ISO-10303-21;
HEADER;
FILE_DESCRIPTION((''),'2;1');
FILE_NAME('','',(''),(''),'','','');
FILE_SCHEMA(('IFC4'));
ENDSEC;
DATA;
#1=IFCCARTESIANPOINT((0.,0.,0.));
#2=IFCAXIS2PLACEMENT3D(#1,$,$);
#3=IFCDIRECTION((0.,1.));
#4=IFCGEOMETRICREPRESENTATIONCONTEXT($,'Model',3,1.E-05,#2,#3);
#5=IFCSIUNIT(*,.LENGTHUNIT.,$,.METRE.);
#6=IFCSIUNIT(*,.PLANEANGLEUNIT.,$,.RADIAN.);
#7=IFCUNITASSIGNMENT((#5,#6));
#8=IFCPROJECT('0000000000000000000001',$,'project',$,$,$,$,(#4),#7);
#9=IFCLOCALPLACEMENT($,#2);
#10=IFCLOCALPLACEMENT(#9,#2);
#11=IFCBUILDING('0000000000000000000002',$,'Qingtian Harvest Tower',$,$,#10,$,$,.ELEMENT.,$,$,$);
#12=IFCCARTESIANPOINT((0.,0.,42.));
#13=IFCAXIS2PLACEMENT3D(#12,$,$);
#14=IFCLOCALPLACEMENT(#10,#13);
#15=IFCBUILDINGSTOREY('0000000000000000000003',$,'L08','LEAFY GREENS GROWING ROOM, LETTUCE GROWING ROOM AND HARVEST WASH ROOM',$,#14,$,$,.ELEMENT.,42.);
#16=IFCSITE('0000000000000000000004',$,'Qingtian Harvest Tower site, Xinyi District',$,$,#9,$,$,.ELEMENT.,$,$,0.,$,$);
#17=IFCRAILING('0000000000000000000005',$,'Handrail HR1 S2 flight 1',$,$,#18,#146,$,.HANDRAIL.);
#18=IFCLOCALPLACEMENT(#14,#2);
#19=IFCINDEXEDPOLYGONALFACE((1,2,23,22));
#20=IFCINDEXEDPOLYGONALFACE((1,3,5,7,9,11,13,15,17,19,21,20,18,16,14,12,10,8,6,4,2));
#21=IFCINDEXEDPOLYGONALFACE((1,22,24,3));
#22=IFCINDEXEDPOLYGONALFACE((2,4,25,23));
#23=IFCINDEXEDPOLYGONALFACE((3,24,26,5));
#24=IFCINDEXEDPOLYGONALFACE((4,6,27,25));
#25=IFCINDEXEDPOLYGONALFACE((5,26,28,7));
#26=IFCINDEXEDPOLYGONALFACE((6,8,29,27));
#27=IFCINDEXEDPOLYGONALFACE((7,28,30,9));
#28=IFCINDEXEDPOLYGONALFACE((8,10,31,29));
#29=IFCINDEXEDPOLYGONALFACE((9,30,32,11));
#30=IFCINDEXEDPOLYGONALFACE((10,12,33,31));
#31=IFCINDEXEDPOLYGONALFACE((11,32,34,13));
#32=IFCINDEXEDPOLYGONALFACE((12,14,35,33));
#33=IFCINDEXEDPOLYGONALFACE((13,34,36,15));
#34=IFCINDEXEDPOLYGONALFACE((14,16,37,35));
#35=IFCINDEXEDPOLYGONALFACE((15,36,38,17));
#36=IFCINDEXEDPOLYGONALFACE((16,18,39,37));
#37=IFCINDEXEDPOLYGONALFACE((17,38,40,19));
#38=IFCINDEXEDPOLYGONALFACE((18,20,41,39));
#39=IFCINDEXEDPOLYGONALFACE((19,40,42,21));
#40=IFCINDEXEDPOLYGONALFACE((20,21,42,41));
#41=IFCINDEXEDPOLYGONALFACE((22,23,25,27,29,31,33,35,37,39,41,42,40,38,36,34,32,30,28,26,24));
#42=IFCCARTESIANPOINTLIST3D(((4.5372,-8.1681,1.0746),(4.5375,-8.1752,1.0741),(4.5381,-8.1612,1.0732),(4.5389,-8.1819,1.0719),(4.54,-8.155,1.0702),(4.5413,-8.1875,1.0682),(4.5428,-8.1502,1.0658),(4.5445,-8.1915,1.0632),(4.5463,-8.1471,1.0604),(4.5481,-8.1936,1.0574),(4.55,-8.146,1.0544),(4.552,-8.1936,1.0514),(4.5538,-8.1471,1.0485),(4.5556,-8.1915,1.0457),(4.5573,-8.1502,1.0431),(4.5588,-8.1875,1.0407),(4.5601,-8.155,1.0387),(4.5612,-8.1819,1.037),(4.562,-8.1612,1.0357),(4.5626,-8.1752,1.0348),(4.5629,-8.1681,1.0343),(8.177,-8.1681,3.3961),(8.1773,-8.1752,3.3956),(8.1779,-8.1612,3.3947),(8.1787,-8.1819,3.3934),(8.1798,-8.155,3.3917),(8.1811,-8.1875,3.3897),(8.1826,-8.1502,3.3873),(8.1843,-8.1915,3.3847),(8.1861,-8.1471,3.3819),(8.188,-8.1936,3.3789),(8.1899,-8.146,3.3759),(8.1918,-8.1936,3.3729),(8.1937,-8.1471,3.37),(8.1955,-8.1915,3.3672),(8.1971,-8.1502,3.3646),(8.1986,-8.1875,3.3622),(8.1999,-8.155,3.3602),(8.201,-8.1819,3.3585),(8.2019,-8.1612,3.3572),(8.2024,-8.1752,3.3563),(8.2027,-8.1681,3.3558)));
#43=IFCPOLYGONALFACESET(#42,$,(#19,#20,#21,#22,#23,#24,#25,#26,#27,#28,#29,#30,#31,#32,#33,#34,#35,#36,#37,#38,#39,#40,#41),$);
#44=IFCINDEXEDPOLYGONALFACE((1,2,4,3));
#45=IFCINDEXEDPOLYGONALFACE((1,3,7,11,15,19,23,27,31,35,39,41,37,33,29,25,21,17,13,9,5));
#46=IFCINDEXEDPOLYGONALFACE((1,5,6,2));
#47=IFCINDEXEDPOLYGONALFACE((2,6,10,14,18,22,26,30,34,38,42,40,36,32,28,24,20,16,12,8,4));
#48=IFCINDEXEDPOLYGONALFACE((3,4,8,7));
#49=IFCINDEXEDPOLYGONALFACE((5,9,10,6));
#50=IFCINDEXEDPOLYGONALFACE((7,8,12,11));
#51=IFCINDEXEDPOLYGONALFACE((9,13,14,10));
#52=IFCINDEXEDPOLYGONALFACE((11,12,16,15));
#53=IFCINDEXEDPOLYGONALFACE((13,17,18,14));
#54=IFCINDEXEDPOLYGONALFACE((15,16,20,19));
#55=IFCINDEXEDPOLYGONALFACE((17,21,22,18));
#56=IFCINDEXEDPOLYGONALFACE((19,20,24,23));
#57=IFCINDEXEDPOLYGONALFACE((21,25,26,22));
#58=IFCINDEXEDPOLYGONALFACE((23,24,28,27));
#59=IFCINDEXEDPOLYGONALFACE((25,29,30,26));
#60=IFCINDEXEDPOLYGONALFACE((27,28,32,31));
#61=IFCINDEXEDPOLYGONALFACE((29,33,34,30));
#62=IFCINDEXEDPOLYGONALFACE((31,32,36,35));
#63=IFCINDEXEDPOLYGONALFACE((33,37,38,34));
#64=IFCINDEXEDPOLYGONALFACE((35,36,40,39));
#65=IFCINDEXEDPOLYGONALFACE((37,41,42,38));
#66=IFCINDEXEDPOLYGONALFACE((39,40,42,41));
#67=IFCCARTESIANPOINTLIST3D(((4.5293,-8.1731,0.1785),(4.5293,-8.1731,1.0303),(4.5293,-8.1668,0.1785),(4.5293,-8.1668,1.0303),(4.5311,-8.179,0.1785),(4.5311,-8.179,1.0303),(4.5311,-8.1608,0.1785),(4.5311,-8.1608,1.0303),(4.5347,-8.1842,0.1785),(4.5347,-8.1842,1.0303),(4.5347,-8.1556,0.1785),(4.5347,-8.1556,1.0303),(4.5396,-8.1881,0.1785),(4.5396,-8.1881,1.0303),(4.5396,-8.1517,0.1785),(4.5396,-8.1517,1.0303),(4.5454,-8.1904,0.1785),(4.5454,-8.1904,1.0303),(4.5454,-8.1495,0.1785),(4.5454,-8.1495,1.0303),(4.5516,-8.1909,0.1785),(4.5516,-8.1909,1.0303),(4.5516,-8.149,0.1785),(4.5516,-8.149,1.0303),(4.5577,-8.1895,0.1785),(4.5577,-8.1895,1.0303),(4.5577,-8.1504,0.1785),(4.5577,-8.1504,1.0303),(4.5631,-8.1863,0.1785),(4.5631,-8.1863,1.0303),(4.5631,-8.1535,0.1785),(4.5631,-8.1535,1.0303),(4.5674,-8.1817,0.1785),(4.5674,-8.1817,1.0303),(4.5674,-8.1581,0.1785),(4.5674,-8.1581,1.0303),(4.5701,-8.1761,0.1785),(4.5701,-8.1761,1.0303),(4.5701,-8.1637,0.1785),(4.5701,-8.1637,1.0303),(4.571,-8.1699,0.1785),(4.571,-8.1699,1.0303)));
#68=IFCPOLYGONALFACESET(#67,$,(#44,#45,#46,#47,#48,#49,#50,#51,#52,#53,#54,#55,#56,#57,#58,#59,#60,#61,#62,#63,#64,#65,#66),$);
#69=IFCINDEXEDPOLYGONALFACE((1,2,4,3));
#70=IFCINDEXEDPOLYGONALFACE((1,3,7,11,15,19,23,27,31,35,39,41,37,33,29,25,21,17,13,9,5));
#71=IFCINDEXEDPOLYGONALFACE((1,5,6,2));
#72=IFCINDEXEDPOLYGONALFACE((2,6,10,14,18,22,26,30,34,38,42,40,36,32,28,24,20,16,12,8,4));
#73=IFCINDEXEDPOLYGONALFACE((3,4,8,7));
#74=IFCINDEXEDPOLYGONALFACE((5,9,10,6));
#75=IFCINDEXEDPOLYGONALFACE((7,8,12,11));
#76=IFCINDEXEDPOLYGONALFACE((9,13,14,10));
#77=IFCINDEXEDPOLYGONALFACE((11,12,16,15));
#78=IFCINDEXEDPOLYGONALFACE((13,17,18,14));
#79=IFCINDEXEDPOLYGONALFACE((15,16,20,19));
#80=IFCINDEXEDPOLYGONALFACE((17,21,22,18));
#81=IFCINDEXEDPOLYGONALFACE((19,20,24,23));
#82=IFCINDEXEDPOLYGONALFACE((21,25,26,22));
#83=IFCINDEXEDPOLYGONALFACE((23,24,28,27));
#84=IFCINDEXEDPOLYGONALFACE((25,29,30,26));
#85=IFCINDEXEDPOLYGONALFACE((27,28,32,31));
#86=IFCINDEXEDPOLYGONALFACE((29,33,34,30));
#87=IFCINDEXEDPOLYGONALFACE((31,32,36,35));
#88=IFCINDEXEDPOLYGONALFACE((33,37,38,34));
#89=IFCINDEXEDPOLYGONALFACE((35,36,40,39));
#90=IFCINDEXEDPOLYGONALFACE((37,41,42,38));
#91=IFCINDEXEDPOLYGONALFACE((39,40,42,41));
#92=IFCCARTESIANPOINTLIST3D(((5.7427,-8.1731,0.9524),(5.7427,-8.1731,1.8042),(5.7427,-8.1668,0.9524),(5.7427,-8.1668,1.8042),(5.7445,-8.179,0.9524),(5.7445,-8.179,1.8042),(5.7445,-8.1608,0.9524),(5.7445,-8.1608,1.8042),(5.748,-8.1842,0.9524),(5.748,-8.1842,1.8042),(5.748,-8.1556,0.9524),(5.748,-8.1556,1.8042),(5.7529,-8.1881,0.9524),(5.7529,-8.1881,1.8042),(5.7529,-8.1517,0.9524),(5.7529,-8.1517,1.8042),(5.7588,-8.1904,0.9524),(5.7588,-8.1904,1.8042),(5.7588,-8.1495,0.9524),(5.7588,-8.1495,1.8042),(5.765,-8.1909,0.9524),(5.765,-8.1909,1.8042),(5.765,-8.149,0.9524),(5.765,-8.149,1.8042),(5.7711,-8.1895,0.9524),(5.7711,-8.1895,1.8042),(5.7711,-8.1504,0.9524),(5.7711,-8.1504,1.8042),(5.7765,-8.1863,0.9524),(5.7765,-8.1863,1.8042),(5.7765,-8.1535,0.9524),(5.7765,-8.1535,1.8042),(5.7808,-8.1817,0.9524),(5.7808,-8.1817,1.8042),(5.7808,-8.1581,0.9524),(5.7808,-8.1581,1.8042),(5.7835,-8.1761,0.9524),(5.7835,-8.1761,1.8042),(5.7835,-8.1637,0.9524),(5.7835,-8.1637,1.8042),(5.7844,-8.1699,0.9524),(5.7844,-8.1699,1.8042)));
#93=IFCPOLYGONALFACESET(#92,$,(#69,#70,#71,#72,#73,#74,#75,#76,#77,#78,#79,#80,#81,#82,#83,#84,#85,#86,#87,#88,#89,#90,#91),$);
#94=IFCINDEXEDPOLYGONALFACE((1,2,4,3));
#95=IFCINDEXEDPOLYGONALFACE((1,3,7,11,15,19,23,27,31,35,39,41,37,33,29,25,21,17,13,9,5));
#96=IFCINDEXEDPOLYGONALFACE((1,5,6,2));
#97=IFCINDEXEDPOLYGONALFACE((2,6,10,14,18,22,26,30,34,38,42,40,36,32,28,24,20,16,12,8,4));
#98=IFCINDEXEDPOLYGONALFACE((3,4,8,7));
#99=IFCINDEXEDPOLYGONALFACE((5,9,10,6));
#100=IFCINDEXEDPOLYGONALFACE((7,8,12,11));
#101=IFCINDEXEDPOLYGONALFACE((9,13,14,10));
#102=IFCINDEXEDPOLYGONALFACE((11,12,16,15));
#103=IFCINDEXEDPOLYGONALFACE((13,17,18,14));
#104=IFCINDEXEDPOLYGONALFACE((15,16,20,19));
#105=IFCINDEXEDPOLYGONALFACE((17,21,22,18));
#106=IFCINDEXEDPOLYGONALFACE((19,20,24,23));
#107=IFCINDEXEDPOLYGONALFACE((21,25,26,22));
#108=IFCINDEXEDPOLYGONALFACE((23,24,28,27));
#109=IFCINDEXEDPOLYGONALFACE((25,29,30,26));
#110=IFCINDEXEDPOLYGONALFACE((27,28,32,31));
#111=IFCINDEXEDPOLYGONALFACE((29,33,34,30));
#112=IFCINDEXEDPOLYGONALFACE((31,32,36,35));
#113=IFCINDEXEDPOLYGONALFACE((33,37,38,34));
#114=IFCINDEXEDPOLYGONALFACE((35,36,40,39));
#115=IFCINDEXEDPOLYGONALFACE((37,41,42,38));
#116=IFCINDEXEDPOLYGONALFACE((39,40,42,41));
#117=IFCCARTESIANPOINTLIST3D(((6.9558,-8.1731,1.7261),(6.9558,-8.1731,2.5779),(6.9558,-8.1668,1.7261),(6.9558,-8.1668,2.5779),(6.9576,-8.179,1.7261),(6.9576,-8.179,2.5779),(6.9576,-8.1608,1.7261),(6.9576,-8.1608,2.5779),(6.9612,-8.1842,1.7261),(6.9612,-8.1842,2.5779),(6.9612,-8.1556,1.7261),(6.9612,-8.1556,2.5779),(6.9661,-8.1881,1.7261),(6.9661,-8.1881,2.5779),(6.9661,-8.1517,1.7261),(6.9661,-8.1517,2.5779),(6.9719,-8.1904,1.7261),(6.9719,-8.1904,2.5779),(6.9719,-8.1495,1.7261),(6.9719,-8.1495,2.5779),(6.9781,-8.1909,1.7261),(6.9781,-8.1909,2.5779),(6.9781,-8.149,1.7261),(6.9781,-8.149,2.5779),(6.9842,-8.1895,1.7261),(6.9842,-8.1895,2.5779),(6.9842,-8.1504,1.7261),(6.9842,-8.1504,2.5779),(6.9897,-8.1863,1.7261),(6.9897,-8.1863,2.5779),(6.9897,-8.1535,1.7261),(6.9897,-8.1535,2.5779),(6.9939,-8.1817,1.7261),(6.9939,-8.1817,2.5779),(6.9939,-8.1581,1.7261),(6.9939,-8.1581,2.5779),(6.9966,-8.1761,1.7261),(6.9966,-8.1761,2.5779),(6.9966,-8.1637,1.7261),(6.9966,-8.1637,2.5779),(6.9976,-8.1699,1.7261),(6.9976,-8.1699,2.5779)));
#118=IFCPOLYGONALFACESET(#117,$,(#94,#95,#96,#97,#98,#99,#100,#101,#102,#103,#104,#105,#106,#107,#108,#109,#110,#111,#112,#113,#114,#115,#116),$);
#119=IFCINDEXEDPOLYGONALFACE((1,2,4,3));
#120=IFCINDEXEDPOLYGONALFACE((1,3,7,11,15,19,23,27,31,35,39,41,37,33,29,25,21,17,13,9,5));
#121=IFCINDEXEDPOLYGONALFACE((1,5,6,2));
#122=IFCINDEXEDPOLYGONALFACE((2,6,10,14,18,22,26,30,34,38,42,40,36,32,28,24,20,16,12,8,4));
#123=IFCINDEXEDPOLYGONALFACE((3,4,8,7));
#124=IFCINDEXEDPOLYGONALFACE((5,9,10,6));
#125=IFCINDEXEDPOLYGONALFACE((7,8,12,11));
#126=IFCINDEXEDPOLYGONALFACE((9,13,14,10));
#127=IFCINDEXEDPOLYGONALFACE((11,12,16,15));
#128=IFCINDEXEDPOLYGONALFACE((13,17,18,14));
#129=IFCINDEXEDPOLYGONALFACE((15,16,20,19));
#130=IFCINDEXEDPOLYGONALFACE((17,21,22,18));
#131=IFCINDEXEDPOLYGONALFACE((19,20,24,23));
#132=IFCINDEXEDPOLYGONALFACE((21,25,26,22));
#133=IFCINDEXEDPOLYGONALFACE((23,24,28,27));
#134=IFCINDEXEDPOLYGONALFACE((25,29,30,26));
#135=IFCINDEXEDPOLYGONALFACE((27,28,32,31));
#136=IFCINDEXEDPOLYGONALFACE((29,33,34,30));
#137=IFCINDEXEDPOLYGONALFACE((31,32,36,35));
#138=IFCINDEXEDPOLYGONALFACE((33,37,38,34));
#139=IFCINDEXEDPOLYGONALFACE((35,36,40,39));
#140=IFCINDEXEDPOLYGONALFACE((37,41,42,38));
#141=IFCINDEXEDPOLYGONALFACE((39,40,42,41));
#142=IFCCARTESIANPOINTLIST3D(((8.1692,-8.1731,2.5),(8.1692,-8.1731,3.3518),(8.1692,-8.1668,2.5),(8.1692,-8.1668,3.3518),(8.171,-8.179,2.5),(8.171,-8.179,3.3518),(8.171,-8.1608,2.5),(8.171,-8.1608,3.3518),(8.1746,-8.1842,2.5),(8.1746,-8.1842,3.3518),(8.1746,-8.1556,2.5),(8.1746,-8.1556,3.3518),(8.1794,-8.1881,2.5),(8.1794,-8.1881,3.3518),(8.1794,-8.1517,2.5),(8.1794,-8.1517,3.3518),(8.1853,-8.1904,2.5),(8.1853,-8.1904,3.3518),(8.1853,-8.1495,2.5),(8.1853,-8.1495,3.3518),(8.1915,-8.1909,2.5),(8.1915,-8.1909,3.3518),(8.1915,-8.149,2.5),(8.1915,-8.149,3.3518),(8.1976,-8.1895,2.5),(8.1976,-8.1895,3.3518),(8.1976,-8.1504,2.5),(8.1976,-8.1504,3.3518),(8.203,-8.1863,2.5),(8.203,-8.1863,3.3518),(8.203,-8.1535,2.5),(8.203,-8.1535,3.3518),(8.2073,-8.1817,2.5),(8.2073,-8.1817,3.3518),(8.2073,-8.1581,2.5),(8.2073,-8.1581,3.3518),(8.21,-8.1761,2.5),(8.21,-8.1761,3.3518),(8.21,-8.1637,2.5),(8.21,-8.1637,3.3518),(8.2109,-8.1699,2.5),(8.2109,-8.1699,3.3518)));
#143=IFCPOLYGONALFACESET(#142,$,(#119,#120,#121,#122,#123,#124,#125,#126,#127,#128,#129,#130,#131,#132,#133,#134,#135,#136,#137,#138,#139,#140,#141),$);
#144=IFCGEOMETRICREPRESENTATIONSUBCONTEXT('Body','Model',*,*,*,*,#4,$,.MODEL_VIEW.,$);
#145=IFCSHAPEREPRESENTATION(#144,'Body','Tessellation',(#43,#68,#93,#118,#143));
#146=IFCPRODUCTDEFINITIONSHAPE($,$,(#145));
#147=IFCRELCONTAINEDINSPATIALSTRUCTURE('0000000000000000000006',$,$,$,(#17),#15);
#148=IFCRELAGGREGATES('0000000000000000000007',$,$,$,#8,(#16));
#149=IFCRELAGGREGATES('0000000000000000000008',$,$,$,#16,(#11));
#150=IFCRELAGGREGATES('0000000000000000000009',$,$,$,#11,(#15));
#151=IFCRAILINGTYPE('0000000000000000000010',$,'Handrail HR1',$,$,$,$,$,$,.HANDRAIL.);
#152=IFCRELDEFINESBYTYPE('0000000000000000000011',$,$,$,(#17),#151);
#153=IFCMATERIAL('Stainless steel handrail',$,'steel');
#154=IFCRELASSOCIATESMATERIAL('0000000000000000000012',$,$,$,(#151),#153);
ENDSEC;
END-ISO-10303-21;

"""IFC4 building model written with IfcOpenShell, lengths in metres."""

from ifc_helpers import new_model, si_unit, direction, frame, origin, origin_2d, place, context, subcontext, project, spatial, circle, extrude, material, type_object, element, save


model = new_model("IFC4")

# Units and contexts
model_context = context("Model", 3, precision=1e-05, world=origin(), true_north=direction((0.0, 1.0)))
body_context = subcontext(model_context, "Body", "Model", "MODEL_VIEW")
ifc_project = project(units=[si_unit("LENGTHUNIT", "METRE"), si_unit("PLANEANGLEUNIT", "RADIAN")], contexts=[model_context])

# Site, building, storey
site_placement = place(None, origin())
site = spatial("IfcSite", under=ifc_project, at=site_placement, Name="Qingtian Harvest Tower site, Xinyi District", CompositionType="ELEMENT", RefElevation=0.0)
building_placement = place(site_placement, origin())
building = spatial("IfcBuilding", under=site, at=building_placement, Name="Qingtian Harvest Tower", CompositionType="ELEMENT")
storey_placement = place(building_placement, frame((0.0, 0.0, 42.0)))
storey = spatial("IfcBuildingStorey", under=building, at=storey_placement, Name="L08", Description="LEAFY GREENS GROWING ROOM, LETTUCE GROWING ROOM AND HARVEST WASH ROOM", CompositionType="ELEMENT", Elevation=42.0)

# Railing
ifc_material_1 = material(Name="Stainless steel handrail", Category="steel")
railing_type = type_object("IfcRailingType", Name="Handrail HR1", PredefinedType="HANDRAIL", material=ifc_material_1)
railing_1_placement = place(storey_placement, frame((4.55, -8.1699, 0.1785)))
element("IfcRailing", 1, at=railing_1_placement, inside=storey, type_object=railing_type, Name="Handrail HR1 S2 flight 1", PredefinedType="HANDRAIL", context=body_context, shape_type="SweptSolid", body=[
    extrude(circle(Radius=0.0239, at=origin_2d()), frame((0.0, 0.0, 0.876), z_axis=(0.843112, 0.0, 0.537739), x_axis=(0.0, 1.0, 0.0)), (0.0, 0.0, 1.0), 4.3171),
    extrude(circle(Radius=0.021, at=origin_2d()), origin(), (0.0, 0.0, 1.0), 0.8518),
    extrude(circle(Radius=0.021, at=origin_2d()), frame((1.2134, 0.0, 0.7739)), (0.0, 0.0, 1.0), 0.8518),
    extrude(circle(Radius=0.021, at=origin_2d()), frame((2.4265, 0.0, 1.5476)), (0.0, 0.0, 1.0), 0.8518),
    extrude(circle(Radius=0.021, at=origin_2d()), frame((3.6399, 0.0, 2.3215)), (0.0, 0.0, 1.0), 0.8518),
])

save(model, "model.ifc")
